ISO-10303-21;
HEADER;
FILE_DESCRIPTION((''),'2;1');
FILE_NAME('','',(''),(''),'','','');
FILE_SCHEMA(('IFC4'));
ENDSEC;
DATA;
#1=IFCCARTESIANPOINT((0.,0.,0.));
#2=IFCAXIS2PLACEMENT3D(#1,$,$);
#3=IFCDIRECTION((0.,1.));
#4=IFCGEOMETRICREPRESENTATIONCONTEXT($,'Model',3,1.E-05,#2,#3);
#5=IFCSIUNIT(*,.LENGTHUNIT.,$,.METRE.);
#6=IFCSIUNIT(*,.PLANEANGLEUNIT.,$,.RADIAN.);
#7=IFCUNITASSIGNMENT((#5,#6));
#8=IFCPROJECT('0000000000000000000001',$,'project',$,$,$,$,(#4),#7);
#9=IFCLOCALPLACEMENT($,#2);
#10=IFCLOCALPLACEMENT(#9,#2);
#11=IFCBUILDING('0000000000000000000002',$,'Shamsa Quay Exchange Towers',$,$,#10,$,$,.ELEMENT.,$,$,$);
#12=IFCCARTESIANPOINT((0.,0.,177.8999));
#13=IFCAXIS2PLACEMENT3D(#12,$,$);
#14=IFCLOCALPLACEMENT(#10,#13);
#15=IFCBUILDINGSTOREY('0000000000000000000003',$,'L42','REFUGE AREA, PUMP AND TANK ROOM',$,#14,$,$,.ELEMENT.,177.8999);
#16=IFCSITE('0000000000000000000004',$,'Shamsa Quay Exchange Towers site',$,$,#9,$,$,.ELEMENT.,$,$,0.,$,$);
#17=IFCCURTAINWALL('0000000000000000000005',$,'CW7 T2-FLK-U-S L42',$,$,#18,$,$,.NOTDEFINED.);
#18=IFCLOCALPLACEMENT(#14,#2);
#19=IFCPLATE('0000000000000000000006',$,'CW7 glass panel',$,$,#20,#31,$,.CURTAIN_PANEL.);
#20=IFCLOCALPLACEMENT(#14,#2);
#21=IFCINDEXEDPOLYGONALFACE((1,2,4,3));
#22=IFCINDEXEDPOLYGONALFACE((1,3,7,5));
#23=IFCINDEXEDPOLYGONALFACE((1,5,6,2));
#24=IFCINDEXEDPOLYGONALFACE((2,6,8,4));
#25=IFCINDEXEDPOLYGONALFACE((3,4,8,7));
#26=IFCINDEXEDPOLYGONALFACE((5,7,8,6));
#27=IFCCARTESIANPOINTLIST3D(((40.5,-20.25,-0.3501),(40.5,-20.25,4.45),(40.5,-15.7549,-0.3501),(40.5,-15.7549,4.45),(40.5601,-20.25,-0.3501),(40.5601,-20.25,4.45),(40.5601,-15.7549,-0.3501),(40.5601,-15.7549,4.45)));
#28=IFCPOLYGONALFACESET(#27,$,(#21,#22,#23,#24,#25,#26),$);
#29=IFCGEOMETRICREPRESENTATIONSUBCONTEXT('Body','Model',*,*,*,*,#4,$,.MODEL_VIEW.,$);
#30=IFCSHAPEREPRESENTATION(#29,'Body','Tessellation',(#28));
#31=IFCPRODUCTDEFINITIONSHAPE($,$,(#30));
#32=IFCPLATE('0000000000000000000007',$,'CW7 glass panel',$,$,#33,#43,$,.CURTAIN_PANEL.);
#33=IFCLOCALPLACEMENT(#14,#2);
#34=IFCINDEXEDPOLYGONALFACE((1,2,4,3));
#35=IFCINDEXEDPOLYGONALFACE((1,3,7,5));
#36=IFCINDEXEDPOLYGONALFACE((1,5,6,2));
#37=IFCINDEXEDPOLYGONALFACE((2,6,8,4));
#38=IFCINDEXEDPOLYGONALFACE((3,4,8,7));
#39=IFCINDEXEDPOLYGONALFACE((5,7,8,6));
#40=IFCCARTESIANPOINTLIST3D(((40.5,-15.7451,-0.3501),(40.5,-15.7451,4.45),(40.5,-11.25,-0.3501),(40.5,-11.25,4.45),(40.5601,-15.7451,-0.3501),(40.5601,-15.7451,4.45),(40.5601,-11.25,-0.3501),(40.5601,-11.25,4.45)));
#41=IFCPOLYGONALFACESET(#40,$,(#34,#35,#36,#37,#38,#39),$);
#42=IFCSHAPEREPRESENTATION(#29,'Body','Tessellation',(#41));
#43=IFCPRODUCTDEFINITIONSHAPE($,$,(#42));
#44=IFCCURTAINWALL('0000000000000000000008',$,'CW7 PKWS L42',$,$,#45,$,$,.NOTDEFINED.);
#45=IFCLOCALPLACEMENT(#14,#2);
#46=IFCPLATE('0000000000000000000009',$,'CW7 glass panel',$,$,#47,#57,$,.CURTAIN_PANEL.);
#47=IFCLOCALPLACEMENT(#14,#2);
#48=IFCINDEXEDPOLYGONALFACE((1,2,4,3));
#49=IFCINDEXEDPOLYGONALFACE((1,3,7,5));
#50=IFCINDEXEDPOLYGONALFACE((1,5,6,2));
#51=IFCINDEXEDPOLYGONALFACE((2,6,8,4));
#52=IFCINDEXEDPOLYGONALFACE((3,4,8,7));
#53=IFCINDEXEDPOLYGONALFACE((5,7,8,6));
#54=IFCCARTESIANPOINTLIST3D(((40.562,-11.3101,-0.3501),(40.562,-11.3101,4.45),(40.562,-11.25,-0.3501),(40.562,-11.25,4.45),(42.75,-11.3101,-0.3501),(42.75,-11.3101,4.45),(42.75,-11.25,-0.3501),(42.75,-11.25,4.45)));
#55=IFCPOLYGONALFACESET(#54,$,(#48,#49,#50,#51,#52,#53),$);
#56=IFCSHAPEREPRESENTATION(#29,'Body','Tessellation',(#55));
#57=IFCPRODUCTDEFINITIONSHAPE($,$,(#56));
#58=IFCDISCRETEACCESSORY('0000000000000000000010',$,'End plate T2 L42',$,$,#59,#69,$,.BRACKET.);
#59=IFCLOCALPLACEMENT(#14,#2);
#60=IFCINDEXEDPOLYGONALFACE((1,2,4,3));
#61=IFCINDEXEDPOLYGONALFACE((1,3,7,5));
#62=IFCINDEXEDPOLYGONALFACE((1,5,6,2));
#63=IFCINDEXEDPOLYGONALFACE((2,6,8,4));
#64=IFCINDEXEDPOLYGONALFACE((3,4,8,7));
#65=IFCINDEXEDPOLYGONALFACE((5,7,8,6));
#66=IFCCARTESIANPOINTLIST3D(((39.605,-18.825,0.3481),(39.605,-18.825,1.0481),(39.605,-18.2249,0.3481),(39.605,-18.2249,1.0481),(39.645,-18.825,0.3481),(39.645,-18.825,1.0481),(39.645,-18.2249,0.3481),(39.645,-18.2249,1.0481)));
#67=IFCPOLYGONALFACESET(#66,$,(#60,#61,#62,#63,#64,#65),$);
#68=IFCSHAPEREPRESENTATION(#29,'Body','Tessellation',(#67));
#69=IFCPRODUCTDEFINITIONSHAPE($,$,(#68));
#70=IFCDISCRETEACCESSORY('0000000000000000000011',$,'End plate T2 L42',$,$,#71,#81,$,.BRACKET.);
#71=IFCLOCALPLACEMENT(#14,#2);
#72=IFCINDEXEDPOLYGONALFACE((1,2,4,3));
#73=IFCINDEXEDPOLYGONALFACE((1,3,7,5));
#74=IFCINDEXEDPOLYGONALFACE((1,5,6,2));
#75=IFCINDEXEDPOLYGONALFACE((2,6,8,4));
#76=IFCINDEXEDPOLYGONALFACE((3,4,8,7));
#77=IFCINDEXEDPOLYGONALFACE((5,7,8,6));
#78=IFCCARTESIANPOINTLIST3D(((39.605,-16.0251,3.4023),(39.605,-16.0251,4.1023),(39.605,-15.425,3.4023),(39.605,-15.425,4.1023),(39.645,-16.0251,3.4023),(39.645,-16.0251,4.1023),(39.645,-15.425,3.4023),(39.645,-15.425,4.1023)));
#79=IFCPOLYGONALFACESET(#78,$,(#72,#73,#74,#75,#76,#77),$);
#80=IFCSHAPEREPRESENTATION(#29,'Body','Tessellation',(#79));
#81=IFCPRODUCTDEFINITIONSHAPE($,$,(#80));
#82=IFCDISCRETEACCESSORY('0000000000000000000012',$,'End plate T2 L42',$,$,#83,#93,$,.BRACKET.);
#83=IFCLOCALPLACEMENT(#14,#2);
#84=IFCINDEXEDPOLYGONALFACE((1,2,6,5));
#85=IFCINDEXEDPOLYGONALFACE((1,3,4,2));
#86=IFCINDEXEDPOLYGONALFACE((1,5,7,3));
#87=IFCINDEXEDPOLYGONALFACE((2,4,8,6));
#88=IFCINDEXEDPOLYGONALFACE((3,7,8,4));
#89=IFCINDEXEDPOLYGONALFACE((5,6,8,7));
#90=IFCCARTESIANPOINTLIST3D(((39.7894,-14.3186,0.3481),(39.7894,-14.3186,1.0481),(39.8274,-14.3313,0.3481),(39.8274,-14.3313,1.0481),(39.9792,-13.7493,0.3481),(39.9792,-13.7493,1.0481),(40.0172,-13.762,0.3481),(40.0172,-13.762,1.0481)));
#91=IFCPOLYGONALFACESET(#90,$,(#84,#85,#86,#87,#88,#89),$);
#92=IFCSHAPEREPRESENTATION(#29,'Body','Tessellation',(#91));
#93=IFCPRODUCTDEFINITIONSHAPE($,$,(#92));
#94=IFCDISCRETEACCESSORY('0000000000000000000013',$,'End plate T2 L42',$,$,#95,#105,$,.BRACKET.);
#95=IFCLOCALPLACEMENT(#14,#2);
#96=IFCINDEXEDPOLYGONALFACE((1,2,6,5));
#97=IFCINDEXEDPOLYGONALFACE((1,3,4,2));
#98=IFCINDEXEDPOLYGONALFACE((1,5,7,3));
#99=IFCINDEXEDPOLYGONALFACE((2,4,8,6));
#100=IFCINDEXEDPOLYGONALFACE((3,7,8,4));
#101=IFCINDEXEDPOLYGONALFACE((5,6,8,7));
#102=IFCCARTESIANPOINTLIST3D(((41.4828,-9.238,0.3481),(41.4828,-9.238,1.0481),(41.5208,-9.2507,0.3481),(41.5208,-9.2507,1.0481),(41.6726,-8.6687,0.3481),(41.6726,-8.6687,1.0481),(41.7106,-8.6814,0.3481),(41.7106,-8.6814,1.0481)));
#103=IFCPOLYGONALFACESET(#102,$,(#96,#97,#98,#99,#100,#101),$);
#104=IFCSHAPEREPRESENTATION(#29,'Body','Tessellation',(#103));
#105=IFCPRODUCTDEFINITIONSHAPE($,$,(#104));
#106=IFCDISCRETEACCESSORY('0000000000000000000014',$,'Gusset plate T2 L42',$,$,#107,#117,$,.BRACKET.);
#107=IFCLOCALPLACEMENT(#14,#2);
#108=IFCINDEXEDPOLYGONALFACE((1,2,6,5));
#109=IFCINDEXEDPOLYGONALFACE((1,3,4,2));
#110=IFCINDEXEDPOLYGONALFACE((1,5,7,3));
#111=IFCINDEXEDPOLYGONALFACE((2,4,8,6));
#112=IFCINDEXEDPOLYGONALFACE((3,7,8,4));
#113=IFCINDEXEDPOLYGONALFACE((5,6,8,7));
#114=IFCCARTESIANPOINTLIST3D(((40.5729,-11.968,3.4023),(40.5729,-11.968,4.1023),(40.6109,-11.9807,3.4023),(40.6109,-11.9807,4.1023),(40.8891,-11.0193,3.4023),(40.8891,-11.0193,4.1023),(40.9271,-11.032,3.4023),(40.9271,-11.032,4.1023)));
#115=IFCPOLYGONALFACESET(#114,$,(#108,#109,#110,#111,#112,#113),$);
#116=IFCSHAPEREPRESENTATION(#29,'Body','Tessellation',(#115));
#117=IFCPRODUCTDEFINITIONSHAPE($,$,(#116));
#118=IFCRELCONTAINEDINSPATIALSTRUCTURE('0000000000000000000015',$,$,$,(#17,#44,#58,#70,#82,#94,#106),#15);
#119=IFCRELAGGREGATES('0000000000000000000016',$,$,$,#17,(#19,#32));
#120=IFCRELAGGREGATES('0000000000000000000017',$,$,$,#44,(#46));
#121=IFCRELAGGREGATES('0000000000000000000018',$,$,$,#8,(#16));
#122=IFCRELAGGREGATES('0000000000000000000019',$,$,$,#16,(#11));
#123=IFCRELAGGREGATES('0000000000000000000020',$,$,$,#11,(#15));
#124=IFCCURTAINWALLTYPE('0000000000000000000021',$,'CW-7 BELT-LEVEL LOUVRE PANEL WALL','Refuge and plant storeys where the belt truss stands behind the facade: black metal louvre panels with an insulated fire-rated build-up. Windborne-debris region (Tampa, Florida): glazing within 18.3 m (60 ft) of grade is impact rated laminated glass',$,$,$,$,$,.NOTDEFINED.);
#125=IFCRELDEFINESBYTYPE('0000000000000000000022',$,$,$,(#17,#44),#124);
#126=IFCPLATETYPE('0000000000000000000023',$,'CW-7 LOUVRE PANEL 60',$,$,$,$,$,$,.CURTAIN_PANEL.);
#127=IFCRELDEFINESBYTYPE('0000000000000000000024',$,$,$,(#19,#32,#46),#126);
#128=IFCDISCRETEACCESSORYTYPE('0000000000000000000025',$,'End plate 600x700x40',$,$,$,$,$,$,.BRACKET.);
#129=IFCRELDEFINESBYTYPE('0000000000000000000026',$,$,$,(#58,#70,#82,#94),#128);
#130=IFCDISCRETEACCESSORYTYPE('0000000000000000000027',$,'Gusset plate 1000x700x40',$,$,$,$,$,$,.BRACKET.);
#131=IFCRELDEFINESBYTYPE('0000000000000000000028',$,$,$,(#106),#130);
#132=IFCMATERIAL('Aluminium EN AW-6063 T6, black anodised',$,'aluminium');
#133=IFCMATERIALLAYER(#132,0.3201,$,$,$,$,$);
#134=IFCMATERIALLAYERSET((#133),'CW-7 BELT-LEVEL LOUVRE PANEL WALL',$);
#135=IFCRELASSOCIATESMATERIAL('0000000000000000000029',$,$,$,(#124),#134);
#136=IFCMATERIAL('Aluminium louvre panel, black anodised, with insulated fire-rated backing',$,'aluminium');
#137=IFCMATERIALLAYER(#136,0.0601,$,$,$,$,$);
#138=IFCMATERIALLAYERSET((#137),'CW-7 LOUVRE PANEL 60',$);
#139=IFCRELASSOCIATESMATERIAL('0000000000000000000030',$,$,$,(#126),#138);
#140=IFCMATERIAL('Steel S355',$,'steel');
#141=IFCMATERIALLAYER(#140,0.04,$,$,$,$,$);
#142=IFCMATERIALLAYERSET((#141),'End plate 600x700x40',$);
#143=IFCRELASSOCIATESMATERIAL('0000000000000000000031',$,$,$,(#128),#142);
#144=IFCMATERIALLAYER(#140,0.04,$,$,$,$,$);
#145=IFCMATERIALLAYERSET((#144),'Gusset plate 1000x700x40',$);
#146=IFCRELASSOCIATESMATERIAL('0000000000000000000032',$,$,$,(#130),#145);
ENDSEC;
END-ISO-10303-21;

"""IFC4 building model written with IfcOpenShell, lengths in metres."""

from ifc_helpers import new_model, si_unit, direction, frame, origin, origin_2d, place, context, subcontext, project, spatial, rectangle, extrude, material, layer, layer_set, type_object, element, aggregate, save


model = new_model("IFC4")

# Units and contexts
model_context = context("Model", 3, precision=1e-05, world=origin(), true_north=direction((0.0, 1.0)))
body_context = subcontext(model_context, "Body", "Model", "MODEL_VIEW")
ifc_project = project(units=[si_unit("LENGTHUNIT", "METRE"), si_unit("PLANEANGLEUNIT", "RADIAN")], contexts=[model_context])

# Site, building, storey
site_placement = place(None, origin())
site = spatial("IfcSite", under=ifc_project, at=site_placement, Name="Shamsa Quay Exchange Towers site", CompositionType="ELEMENT", RefElevation=0.0)
building_placement = place(site_placement, origin())
building = spatial("IfcBuilding", under=site, at=building_placement, Name="Shamsa Quay Exchange Towers", CompositionType="ELEMENT")
storey_placement = place(building_placement, frame((0.0, 0.0, 177.8999)))
storey = spatial("IfcBuildingStorey", under=building, at=storey_placement, Name="L42", Description="REFUGE AREA, PUMP AND TANK ROOM", CompositionType="ELEMENT", Elevation=177.8999)

# Shared definitions
ifc_material_1 = material(Name="Steel S355", Category="steel")

# Curtain wall, plates
ifc_material_2 = material(Name="Aluminium EN AW-6063 T6, black anodised", Category="aluminium")
ifc_layer_1 = layer(ifc_material_2, 0.3201)
ifc_layer_set_1 = layer_set([ifc_layer_1], Name="CW-7 BELT-LEVEL LOUVRE PANEL WALL")
curtain_wall_type = type_object("IfcCurtainWallType", Name="CW-7 BELT-LEVEL LOUVRE PANEL WALL", Description="Refuge and plant storeys where the belt truss stands behind the facade: black metal louvre panels with an insulated fire-rated build-up. Windborne-debris region (Tampa, Florida): glazing within 18.3 m (60 ft) of grade is impact rated laminated glass", PredefinedType="NOTDEFINED", material=ifc_layer_set_1)
curtain_wall_1_placement = place(storey_placement, origin())
curtain_wall_1 = element("IfcCurtainWall", 1, at=curtain_wall_1_placement, inside=storey, type_object=curtain_wall_type, Name="CW7 T2-FLK-U-S L42", PredefinedType="NOTDEFINED")
ifc_material_3 = material(Name="Aluminium louvre panel, black anodised, with insulated fire-rated backing", Category="aluminium")
ifc_layer_2 = layer(ifc_material_3, 0.0601)
ifc_layer_set_2 = layer_set([ifc_layer_2], Name="CW-7 LOUVRE PANEL 60")
plate_type = type_object("IfcPlateType", Name="CW-7 LOUVRE PANEL 60", PredefinedType="CURTAIN_PANEL", material=ifc_layer_set_2)
plate_1_placement = place(storey_placement, frame((40.53, -18.0024, -0.3501), z_axis=(0.0, 0.0, 1.0), x_axis=(0.0, 1.0, 0.0)))
plate_1 = element("IfcPlate", 2, at=plate_1_placement, type_object=plate_type, Name="CW7 glass panel", PredefinedType="CURTAIN_PANEL", context=body_context, shape_type="SweptSolid", body=[
    extrude(rectangle(XDim=4.4951, YDim=0.0601, at=origin_2d()), origin(), (0.0, 0.0, 1.0), 4.8),
])
plate_2_placement = place(storey_placement, frame((40.53, -13.4976, -0.3501), z_axis=(0.0, 0.0, 1.0), x_axis=(0.0, 1.0, 0.0)))
plate_2 = element("IfcPlate", 3, at=plate_2_placement, type_object=plate_type, Name="CW7 glass panel", PredefinedType="CURTAIN_PANEL", context=body_context, shape_type="SweptSolid", body=[
    extrude(rectangle(XDim=4.4951, YDim=0.0601, at=origin_2d()), origin(), (0.0, 0.0, 1.0), 4.8),
])
aggregate(curtain_wall_1, [plate_1, plate_2])

# Curtain wall, plate
curtain_wall_2_placement = place(storey_placement, origin())
curtain_wall_2 = element("IfcCurtainWall", 4, at=curtain_wall_2_placement, inside=storey, type_object=curtain_wall_type, Name="CW7 PKWS L42", PredefinedType="NOTDEFINED")
plate_3_placement = place(storey_placement, frame((41.656, -11.28, -0.3501)))
plate_3 = element("IfcPlate", 5, at=plate_3_placement, type_object=plate_type, Name="CW7 glass panel", PredefinedType="CURTAIN_PANEL", context=body_context, shape_type="SweptSolid", body=[
    extrude(rectangle(XDim=2.188, YDim=0.0601, at=origin_2d()), origin(), (0.0, 0.0, 1.0), 4.8),
])
aggregate(curtain_wall_2, [plate_3])

# Discrete accessories
ifc_layer_3 = layer(ifc_material_1, 0.04)
ifc_layer_set_3 = layer_set([ifc_layer_3], Name="End plate 600x700x40")
discrete_accessory_type_1 = type_object("IfcDiscreteAccessoryType", Name="End plate 600x700x40", PredefinedType="BRACKET", material=ifc_layer_set_3)
for number, where, z_axis, x_axis, name in (
    (6, (39.625, -18.5249, 0.3481), (0.0, 0.0, 1.0), (0.0, 1.0, 0.0), "End plate T2 L42"),
    (7, (39.625, -15.7251, 3.4023), (0.0, 0.0, 1.0), (0.0, 1.0, 0.0), "End plate T2 L42"),
    (8, (39.9033, -14.0403, 0.3481), (0.0, 0.0, 1.0), (0.316228, 0.948683, 0.0), "End plate T2 L42"),
    (9, (41.5967, -8.9597, 0.3481), (0.0, 0.0, 1.0), (0.316228, 0.948683, 0.0), "End plate T2 L42"),
):
    element("IfcDiscreteAccessory", number, at=place(storey_placement, frame(where, z_axis=z_axis, x_axis=x_axis)), inside=storey, type_object=discrete_accessory_type_1, Name=name, PredefinedType="BRACKET", context=body_context, shape_type="SweptSolid", body=[
        extrude(rectangle(XDim=0.6001, YDim=0.04, at=origin_2d()), origin(), (0.0, 0.0, 1.0), 0.7),
    ])
ifc_layer_4 = layer(ifc_material_1, 0.04)
ifc_layer_set_4 = layer_set([ifc_layer_4], Name="Gusset plate 1000x700x40")
discrete_accessory_type_2 = type_object("IfcDiscreteAccessoryType", Name="Gusset plate 1000x700x40", PredefinedType="BRACKET", material=ifc_layer_set_4)
discrete_accessory_placement = place(storey_placement, frame((40.75, -11.5, 3.4023), z_axis=(0.0, 0.0, 1.0), x_axis=(0.316228, 0.948683, 0.0)))
element("IfcDiscreteAccessory", 10, at=discrete_accessory_placement, inside=storey, type_object=discrete_accessory_type_2, Name="Gusset plate T2 L42", PredefinedType="BRACKET", context=body_context, shape_type="SweptSolid", body=[
    extrude(rectangle(XDim=1.0, YDim=0.04, at=origin_2d()), origin(), (0.0, 0.0, 1.0), 0.7),
])

save(model, "model.ifc")
